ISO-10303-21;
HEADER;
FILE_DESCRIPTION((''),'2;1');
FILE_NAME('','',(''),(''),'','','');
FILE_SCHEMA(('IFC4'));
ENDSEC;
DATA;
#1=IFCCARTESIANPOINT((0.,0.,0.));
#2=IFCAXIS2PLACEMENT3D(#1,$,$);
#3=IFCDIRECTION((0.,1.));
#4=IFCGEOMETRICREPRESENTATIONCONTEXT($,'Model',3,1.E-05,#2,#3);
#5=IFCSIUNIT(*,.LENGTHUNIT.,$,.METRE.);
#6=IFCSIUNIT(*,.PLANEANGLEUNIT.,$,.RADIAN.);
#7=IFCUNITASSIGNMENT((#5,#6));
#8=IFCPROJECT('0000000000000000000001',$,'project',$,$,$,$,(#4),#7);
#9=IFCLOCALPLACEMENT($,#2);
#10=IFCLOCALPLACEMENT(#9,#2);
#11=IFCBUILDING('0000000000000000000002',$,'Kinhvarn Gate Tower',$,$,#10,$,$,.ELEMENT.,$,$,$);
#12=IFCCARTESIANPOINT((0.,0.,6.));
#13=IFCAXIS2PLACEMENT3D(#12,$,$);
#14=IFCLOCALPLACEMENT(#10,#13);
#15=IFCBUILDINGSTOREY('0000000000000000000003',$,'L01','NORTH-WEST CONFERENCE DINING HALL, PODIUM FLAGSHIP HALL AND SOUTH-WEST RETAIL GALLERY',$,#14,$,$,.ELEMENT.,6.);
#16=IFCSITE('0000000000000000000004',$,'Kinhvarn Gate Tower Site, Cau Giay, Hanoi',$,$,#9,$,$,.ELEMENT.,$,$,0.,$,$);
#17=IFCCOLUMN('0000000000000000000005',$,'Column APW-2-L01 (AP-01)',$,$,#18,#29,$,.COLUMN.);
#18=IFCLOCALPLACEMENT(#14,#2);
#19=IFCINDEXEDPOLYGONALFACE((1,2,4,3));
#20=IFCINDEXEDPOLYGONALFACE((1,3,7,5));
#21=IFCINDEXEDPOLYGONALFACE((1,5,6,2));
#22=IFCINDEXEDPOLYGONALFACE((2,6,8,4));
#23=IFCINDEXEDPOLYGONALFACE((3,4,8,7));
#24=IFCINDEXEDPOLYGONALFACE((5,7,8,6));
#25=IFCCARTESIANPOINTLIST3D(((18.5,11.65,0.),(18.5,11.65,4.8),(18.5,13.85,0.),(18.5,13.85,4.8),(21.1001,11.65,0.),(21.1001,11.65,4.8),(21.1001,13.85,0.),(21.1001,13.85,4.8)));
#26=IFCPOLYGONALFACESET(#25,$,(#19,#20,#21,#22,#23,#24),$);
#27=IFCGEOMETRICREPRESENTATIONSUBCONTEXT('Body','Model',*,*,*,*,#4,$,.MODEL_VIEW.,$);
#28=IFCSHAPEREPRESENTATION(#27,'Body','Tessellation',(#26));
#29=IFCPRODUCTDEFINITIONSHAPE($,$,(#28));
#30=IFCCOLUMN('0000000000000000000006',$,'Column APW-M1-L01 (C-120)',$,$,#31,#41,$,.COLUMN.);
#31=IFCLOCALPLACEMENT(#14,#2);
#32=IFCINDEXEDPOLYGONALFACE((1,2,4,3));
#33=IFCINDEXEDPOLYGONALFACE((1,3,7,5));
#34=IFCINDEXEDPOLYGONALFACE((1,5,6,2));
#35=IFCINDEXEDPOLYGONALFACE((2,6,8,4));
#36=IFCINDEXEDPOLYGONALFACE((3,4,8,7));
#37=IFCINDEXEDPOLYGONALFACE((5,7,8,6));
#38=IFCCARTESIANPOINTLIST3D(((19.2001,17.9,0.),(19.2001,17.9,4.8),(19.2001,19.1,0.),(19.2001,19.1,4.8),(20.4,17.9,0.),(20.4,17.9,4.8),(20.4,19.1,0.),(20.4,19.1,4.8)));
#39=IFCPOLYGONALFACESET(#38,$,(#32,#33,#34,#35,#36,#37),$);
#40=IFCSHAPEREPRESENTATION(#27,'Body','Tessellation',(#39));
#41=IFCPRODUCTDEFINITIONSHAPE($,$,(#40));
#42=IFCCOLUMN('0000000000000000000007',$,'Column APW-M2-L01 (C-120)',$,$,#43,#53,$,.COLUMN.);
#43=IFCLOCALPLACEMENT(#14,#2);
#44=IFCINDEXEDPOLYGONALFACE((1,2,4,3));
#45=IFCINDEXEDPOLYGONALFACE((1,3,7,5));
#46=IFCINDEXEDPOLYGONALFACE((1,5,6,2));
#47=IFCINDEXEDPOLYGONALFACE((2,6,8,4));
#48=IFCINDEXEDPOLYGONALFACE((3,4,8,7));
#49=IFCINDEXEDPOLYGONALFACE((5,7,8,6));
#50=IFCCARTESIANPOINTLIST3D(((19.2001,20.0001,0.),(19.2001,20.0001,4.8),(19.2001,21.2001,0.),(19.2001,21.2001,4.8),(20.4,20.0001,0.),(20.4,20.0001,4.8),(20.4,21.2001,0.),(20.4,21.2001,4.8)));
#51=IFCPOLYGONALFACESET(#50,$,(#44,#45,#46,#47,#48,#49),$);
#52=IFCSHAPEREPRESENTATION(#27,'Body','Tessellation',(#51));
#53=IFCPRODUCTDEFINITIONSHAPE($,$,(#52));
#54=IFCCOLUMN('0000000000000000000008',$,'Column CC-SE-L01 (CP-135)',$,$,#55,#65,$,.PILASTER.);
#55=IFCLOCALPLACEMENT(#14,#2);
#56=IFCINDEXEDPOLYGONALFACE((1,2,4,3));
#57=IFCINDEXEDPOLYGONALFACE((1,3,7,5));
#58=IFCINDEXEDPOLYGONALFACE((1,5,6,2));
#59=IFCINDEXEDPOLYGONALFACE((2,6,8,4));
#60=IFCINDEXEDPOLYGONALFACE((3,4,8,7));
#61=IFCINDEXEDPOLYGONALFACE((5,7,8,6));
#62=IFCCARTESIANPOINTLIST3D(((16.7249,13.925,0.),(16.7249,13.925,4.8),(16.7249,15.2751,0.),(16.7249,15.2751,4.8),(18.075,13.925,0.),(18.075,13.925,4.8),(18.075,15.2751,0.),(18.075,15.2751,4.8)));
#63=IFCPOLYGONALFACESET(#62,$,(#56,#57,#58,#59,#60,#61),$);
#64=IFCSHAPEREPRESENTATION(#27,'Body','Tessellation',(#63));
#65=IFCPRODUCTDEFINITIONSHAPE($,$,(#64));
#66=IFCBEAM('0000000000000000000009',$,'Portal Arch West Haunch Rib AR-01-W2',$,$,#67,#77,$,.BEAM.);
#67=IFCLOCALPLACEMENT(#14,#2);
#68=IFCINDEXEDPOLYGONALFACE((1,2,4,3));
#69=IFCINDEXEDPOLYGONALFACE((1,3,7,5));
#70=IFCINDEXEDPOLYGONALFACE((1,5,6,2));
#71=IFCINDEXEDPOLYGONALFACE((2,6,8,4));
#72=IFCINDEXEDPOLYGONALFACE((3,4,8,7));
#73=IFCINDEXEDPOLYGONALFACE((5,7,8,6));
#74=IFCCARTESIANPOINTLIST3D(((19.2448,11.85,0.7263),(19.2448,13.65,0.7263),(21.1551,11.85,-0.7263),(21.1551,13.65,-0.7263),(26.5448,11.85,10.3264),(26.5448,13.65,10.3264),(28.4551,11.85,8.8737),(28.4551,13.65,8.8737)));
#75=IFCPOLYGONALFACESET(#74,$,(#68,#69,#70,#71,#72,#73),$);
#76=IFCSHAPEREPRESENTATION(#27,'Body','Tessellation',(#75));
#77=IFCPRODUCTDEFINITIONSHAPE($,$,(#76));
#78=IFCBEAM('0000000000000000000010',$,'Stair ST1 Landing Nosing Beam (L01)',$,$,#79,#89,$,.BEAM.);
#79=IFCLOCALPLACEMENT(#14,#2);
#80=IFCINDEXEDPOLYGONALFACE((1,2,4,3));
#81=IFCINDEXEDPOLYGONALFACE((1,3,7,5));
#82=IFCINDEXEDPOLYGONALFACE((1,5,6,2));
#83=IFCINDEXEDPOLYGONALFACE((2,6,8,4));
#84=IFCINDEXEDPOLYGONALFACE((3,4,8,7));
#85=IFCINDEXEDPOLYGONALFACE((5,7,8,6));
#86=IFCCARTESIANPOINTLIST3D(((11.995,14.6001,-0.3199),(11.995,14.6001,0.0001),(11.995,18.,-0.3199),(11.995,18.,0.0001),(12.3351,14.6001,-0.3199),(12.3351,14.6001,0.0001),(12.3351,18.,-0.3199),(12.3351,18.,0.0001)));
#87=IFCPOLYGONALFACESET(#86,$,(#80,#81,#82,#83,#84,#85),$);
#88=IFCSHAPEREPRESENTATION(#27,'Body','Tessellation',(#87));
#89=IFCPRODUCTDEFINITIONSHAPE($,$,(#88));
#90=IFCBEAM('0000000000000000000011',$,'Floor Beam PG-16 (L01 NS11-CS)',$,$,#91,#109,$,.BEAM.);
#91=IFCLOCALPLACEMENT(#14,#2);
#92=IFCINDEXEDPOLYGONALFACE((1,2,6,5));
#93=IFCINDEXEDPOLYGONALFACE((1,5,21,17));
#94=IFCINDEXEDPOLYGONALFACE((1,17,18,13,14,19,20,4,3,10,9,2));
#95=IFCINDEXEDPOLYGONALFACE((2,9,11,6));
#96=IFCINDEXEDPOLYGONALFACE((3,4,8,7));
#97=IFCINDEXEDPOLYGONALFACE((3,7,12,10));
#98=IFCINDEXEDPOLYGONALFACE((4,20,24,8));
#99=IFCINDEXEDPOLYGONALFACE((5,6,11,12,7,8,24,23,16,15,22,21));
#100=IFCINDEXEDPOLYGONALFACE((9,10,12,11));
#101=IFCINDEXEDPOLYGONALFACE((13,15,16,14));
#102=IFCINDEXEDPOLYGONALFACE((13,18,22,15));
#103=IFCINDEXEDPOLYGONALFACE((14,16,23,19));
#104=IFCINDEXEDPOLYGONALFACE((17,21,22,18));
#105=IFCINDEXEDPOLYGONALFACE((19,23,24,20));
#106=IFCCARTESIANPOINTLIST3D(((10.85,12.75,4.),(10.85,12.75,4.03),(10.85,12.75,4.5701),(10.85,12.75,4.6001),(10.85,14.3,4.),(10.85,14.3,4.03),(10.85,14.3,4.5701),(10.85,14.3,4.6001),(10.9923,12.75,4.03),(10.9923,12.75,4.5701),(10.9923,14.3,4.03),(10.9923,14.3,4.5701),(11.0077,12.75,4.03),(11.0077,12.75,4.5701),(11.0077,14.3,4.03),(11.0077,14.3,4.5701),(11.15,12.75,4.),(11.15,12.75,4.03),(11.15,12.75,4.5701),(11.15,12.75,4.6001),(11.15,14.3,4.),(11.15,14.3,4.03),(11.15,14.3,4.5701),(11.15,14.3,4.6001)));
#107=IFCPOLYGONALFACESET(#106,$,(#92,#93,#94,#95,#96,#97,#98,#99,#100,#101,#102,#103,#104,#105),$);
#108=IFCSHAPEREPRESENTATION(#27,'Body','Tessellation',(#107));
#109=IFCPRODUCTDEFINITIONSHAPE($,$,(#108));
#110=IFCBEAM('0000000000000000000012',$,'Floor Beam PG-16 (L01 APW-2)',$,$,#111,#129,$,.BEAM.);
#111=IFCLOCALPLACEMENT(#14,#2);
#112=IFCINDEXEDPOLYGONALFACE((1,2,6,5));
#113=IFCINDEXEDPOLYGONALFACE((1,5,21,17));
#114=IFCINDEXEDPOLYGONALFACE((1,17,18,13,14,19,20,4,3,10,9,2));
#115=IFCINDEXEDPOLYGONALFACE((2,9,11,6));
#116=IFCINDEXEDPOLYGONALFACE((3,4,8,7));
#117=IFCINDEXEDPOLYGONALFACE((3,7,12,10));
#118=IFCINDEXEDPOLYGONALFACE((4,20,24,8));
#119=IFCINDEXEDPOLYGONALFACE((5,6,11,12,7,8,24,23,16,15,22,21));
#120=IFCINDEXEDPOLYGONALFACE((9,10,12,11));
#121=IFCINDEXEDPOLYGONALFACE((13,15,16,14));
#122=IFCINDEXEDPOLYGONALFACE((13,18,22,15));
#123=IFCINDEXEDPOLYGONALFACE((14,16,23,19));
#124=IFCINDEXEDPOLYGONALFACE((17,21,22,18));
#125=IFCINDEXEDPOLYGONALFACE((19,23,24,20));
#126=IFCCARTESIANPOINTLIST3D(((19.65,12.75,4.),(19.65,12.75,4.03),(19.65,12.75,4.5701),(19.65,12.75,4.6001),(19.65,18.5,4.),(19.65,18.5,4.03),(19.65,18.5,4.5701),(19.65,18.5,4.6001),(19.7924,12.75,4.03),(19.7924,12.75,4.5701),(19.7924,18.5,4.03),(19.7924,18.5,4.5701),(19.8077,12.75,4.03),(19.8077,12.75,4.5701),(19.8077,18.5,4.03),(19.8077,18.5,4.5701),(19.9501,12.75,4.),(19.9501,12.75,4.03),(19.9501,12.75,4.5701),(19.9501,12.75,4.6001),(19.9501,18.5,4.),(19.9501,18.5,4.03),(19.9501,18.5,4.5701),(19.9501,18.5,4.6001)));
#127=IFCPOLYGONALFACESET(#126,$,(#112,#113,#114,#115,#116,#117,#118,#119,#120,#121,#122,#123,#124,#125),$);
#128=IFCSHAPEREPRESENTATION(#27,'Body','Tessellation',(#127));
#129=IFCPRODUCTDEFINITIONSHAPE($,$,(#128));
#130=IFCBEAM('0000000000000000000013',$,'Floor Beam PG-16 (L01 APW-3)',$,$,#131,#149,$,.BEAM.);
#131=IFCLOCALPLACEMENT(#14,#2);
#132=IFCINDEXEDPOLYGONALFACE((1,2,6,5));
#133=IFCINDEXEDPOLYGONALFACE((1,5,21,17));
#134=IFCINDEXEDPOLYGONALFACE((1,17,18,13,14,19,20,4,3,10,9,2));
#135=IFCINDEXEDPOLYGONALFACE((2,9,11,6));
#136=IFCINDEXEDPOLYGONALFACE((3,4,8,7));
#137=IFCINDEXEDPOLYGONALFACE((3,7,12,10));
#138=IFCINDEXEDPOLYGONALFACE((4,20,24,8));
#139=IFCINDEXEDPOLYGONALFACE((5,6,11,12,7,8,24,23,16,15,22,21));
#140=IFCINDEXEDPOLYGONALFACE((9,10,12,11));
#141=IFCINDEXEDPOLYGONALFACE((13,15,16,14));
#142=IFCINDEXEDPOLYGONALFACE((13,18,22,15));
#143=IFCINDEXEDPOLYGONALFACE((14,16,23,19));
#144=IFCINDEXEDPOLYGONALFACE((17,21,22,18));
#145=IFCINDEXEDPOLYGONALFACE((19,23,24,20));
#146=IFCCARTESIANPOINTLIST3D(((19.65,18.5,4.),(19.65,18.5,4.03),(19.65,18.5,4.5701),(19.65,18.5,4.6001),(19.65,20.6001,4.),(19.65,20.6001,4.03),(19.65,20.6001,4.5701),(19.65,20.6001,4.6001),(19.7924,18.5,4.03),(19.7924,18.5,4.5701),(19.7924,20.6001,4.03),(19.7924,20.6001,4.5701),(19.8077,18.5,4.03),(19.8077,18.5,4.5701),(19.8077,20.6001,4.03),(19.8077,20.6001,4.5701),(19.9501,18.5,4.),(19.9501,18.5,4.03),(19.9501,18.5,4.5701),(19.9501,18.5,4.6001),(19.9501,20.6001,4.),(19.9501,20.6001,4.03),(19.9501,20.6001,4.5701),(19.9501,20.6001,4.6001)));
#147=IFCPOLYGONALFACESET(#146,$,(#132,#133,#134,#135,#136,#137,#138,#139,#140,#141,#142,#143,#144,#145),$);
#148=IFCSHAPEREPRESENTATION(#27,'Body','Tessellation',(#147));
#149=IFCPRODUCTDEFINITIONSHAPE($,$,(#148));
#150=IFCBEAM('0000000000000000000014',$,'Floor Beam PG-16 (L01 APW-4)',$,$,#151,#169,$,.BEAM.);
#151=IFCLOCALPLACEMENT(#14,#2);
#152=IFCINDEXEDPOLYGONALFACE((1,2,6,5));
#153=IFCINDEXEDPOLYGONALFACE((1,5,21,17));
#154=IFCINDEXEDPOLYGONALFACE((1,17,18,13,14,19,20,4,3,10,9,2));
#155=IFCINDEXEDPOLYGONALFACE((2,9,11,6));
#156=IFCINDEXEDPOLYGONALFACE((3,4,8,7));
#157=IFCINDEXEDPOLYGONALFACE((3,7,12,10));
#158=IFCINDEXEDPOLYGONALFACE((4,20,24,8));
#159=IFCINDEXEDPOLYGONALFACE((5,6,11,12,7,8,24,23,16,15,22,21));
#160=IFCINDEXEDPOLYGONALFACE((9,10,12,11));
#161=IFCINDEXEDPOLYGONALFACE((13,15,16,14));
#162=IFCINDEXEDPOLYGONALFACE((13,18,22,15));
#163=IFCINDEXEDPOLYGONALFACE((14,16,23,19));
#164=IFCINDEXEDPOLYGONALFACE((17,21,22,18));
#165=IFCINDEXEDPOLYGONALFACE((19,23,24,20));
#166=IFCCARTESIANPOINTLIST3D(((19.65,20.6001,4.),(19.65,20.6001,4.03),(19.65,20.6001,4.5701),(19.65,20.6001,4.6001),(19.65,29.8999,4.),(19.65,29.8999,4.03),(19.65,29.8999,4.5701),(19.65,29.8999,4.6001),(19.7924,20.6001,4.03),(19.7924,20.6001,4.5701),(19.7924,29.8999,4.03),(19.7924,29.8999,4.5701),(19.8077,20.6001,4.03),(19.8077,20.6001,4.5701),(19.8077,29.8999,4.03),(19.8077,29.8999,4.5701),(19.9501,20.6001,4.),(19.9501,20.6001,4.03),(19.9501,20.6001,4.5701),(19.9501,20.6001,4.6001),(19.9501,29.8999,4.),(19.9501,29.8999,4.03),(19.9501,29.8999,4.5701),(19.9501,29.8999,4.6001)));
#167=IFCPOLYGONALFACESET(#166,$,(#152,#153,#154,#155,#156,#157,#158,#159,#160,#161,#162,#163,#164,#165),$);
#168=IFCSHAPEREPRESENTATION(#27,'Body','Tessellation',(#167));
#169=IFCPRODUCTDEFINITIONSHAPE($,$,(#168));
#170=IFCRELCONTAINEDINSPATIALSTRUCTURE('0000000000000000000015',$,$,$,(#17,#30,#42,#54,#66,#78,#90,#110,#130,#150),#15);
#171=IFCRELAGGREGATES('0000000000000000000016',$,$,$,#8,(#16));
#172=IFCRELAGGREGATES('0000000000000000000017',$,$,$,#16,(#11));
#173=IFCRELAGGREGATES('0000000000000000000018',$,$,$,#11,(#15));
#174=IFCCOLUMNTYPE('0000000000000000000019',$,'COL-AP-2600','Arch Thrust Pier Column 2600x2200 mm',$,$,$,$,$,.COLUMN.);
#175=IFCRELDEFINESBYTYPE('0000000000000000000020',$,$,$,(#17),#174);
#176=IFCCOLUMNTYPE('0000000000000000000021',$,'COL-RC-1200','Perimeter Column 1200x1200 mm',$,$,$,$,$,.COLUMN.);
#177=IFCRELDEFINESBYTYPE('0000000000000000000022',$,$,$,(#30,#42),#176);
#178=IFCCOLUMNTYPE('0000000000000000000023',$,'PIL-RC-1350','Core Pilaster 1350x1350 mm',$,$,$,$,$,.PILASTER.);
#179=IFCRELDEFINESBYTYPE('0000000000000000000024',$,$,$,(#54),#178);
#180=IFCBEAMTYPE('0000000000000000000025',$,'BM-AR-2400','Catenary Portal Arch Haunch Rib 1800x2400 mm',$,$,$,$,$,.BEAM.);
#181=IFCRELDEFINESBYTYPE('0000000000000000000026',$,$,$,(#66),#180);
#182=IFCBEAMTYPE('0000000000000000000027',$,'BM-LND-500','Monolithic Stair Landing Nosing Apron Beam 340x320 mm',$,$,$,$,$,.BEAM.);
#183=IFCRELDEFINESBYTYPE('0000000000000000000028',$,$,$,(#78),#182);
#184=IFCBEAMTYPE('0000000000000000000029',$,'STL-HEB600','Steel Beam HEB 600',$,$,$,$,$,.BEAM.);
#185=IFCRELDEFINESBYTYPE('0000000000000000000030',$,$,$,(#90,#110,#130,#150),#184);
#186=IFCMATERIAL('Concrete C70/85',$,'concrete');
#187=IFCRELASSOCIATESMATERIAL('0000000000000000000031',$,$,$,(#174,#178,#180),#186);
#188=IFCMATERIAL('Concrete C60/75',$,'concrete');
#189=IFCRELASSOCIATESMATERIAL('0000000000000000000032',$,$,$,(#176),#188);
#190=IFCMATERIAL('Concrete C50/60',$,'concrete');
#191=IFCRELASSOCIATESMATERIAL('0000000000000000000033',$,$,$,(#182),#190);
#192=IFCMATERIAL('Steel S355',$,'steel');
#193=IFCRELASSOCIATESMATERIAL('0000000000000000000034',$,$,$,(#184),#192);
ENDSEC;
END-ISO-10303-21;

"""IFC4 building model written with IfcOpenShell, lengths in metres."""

from ifc_helpers import new_model, si_unit, direction, frame, origin, origin_2d, place, context, subcontext, project, spatial, rectangle, i_section, extrude, material, material_profile, profile_set, type_object, element, save


model = new_model("IFC4")

# Units and contexts
model_context = context("Model", 3, precision=1e-05, world=origin(), true_north=direction((0.0, 1.0)))
body_context = subcontext(model_context, "Body", "Model", "MODEL_VIEW")
ifc_project = project(units=[si_unit("LENGTHUNIT", "METRE"), si_unit("PLANEANGLEUNIT", "RADIAN")], contexts=[model_context])

# Site, building, storey
site_placement = place(None, origin())
site = spatial("IfcSite", under=ifc_project, at=site_placement, Name="Kinhvarn Gate Tower Site, Cau Giay, Hanoi", CompositionType="ELEMENT", RefElevation=0.0)
building_placement = place(site_placement, origin())
building = spatial("IfcBuilding", under=site, at=building_placement, Name="Kinhvarn Gate Tower", CompositionType="ELEMENT")
storey_placement = place(building_placement, frame((0.0, 0.0, 6.0)))
storey = spatial("IfcBuildingStorey", under=building, at=storey_placement, Name="L01", Description="NORTH-WEST CONFERENCE DINING HALL, PODIUM FLAGSHIP HALL AND SOUTH-WEST RETAIL GALLERY", CompositionType="ELEMENT", Elevation=6.0)

# Columns
ifc_material_1 = material(Name="Concrete C70/85", Category="concrete")
ifc_material_profile_1 = material_profile(ifc_material_1, rectangle(XDim=2.6001, YDim=2.2, at=origin_2d()), Name="RC 2600x2200")
ifc_profile_set_1 = profile_set([ifc_material_profile_1], Name="Concrete C70/85")
column_type_1 = type_object("IfcColumnType", Name="COL-AP-2600", Description="Arch Thrust Pier Column 2600x2200 mm", PredefinedType="COLUMN", material=ifc_profile_set_1)
column_1_placement = place(storey_placement, frame((19.8, 12.75, 0.0), z_axis=(0.0, 0.0, 1.0), x_axis=(1.0, 0.0, 0.0)))
element("IfcColumn", 1, at=column_1_placement, inside=storey, type_object=column_type_1, Name="Column APW-2-L01 (AP-01)", PredefinedType="COLUMN", context=body_context, shape_type="SweptSolid", body=[
    extrude(rectangle(XDim=2.6001, YDim=2.2, at=origin_2d()), origin(), (0.0, 0.0, 1.0), 4.8),
])
ifc_material_2 = material(Name="Concrete C60/75", Category="concrete")
ifc_material_profile_2 = material_profile(ifc_material_2, rectangle(XDim=1.2, YDim=1.2, at=origin_2d()), Name="RC 1200x1200")
ifc_profile_set_2 = profile_set([ifc_material_profile_2], Name="Concrete C60/75")
column_type_2 = type_object("IfcColumnType", Name="COL-RC-1200", Description="Perimeter Column 1200x1200 mm", PredefinedType="COLUMN", material=ifc_profile_set_2)
for number, where, z_axis, x_axis, name in (
    (2, (19.8, 18.5, 0.0), (0.0, 0.0, 1.0), (1.0, 0.0, 0.0), "Column APW-M1-L01 (C-120)"),
    (3, (19.8, 20.6001, 0.0), (0.0, 0.0, 1.0), (1.0, 0.0, 0.0), "Column APW-M2-L01 (C-120)"),
):
    element("IfcColumn", number, at=place(storey_placement, frame(where, z_axis=z_axis, x_axis=x_axis)), inside=storey, type_object=column_type_2, Name=name, PredefinedType="COLUMN", context=body_context, shape_type="SweptSolid", body=[
        extrude(rectangle(XDim=1.2, YDim=1.2, at=origin_2d()), origin(), (0.0, 0.0, 1.0), 4.8),
    ])
ifc_material_profile_3 = material_profile(ifc_material_1, rectangle(XDim=1.3501, YDim=1.3501, at=origin_2d()), Name="RC 1350x1350")
ifc_profile_set_3 = profile_set([ifc_material_profile_3], Name="Concrete C70/85")
column_type_3 = type_object("IfcColumnType", Name="PIL-RC-1350", Description="Core Pilaster 1350x1350 mm", PredefinedType="PILASTER", material=ifc_profile_set_3)
column_2_placement = place(storey_placement, frame((17.3999, 14.6001, 0.0), z_axis=(0.0, 0.0, 1.0), x_axis=(1.0, 0.0, 0.0)))
element("IfcColumn", 4, at=column_2_placement, inside=storey, type_object=column_type_3, Name="Column CC-SE-L01 (CP-135)", PredefinedType="PILASTER", context=body_context, shape_type="SweptSolid", body=[
    extrude(rectangle(XDim=1.3501, YDim=1.3501, at=origin_2d()), origin(), (0.0, 0.0, 1.0), 4.8),
])

# Beams
ifc_material_profile_4 = material_profile(ifc_material_1, rectangle(XDim=1.8, YDim=2.3999, at=origin_2d()), Name="RC 1800x2400")
ifc_profile_set_4 = profile_set([ifc_material_profile_4], Name="Concrete C70/85")
beam_type_1 = type_object("IfcBeamType", Name="BM-AR-2400", Description="Catenary Portal Arch Haunch Rib 1800x2400 mm", PredefinedType="BEAM", material=ifc_profile_set_4)
beam_1_placement = place(storey_placement, frame((20.2, 12.75, 0.0), z_axis=(0.605292, 0.0, 0.796003), x_axis=(0.0, 1.0, 0.0)))
element("IfcBeam", 5, at=beam_1_placement, inside=storey, type_object=beam_type_1, Name="Portal Arch West Haunch Rib AR-01-W2", PredefinedType="BEAM", context=body_context, shape_type="SweptSolid", body=[
    extrude(rectangle(XDim=1.8, YDim=2.3999, at=origin_2d()), origin(), (0.0, 0.0, 1.0), 12.0603),
])
ifc_material_3 = material(Name="Concrete C50/60", Category="concrete")
ifc_material_profile_5 = material_profile(ifc_material_3, rectangle(XDim=0.3401, YDim=0.3201, at=origin_2d()), Name="RC 340x320")
ifc_profile_set_5 = profile_set([ifc_material_profile_5], Name="Concrete C50/60")
beam_type_2 = type_object("IfcBeamType", Name="BM-LND-500", Description="Monolithic Stair Landing Nosing Apron Beam 340x320 mm", PredefinedType="BEAM", material=ifc_profile_set_5)
beam_2_placement = place(storey_placement, frame((12.165, 14.6001, -0.1599), z_axis=(0.0, 1.0, 0.0), x_axis=(-1.0, 0.0, 0.0)))
element("IfcBeam", 6, at=beam_2_placement, inside=storey, type_object=beam_type_2, Name="Stair ST1 Landing Nosing Beam (L01)", PredefinedType="BEAM", context=body_context, shape_type="SweptSolid", body=[
    extrude(rectangle(XDim=0.3401, YDim=0.3201, at=origin_2d()), origin(), (0.0, 0.0, 1.0), 3.3999),
])
ifc_material_4 = material(Name="Steel S355", Category="steel")
ifc_material_profile_6 = material_profile(ifc_material_4, i_section(OverallWidth=0.3, OverallDepth=0.6001, WebThickness=0.0154, FlangeThickness=0.03, at=origin_2d()), Name="HEB 600")
ifc_profile_set_6 = profile_set([ifc_material_profile_6], Name="Steel S355")
beam_type_3 = type_object("IfcBeamType", Name="STL-HEB600", Description="Steel Beam HEB 600", PredefinedType="BEAM", material=ifc_profile_set_6)
beam_3_placement = place(storey_placement, frame((11.0, 12.75, 4.3), z_axis=(0.0, 1.0, 0.0), x_axis=(-1.0, 0.0, 0.0)))
element("IfcBeam", 7, at=beam_3_placement, inside=storey, type_object=beam_type_3, Name="Floor Beam PG-16 (L01 NS11-CS)", PredefinedType="BEAM", context=body_context, shape_type="SweptSolid", body=[
    extrude(i_section(OverallWidth=0.3, OverallDepth=0.6001, WebThickness=0.0154, FlangeThickness=0.03, at=origin_2d()), origin(), (0.0, 0.0, 1.0), 1.55),
])
beam_4_placement = place(storey_placement, frame((19.8, 12.75, 4.3), z_axis=(0.0, 1.0, 0.0), x_axis=(-1.0, 0.0, 0.0)))
element("IfcBeam", 8, at=beam_4_placement, inside=storey, type_object=beam_type_3, Name="Floor Beam PG-16 (L01 APW-2)", PredefinedType="BEAM", context=body_context, shape_type="SweptSolid", body=[
    extrude(i_section(OverallWidth=0.3, OverallDepth=0.6001, WebThickness=0.0154, FlangeThickness=0.03, at=origin_2d()), origin(), (0.0, 0.0, 1.0), 5.75),
])
beam_5_placement = place(storey_placement, frame((19.8, 18.5, 4.3), z_axis=(0.0, 1.0, 0.0), x_axis=(-1.0, 0.0, 0.0)))
element("IfcBeam", 9, at=beam_5_placement, inside=storey, type_object=beam_type_3, Name="Floor Beam PG-16 (L01 APW-3)", PredefinedType="BEAM", context=body_context, shape_type="SweptSolid", body=[
    extrude(i_section(OverallWidth=0.3, OverallDepth=0.6001, WebThickness=0.0154, FlangeThickness=0.03, at=origin_2d()), origin(), (0.0, 0.0, 1.0), 2.1001),
])
beam_6_placement = place(storey_placement, frame((19.8, 20.6001, 4.3), z_axis=(0.0, 1.0, 0.0), x_axis=(-1.0, 0.0, 0.0)))
element("IfcBeam", 10, at=beam_6_placement, inside=storey, type_object=beam_type_3, Name="Floor Beam PG-16 (L01 APW-4)", PredefinedType="BEAM", context=body_context, shape_type="SweptSolid", body=[
    extrude(i_section(OverallWidth=0.3, OverallDepth=0.6001, WebThickness=0.0154, FlangeThickness=0.03, at=origin_2d()), origin(), (0.0, 0.0, 1.0), 9.2998),
])

save(model, "model.ifc")
